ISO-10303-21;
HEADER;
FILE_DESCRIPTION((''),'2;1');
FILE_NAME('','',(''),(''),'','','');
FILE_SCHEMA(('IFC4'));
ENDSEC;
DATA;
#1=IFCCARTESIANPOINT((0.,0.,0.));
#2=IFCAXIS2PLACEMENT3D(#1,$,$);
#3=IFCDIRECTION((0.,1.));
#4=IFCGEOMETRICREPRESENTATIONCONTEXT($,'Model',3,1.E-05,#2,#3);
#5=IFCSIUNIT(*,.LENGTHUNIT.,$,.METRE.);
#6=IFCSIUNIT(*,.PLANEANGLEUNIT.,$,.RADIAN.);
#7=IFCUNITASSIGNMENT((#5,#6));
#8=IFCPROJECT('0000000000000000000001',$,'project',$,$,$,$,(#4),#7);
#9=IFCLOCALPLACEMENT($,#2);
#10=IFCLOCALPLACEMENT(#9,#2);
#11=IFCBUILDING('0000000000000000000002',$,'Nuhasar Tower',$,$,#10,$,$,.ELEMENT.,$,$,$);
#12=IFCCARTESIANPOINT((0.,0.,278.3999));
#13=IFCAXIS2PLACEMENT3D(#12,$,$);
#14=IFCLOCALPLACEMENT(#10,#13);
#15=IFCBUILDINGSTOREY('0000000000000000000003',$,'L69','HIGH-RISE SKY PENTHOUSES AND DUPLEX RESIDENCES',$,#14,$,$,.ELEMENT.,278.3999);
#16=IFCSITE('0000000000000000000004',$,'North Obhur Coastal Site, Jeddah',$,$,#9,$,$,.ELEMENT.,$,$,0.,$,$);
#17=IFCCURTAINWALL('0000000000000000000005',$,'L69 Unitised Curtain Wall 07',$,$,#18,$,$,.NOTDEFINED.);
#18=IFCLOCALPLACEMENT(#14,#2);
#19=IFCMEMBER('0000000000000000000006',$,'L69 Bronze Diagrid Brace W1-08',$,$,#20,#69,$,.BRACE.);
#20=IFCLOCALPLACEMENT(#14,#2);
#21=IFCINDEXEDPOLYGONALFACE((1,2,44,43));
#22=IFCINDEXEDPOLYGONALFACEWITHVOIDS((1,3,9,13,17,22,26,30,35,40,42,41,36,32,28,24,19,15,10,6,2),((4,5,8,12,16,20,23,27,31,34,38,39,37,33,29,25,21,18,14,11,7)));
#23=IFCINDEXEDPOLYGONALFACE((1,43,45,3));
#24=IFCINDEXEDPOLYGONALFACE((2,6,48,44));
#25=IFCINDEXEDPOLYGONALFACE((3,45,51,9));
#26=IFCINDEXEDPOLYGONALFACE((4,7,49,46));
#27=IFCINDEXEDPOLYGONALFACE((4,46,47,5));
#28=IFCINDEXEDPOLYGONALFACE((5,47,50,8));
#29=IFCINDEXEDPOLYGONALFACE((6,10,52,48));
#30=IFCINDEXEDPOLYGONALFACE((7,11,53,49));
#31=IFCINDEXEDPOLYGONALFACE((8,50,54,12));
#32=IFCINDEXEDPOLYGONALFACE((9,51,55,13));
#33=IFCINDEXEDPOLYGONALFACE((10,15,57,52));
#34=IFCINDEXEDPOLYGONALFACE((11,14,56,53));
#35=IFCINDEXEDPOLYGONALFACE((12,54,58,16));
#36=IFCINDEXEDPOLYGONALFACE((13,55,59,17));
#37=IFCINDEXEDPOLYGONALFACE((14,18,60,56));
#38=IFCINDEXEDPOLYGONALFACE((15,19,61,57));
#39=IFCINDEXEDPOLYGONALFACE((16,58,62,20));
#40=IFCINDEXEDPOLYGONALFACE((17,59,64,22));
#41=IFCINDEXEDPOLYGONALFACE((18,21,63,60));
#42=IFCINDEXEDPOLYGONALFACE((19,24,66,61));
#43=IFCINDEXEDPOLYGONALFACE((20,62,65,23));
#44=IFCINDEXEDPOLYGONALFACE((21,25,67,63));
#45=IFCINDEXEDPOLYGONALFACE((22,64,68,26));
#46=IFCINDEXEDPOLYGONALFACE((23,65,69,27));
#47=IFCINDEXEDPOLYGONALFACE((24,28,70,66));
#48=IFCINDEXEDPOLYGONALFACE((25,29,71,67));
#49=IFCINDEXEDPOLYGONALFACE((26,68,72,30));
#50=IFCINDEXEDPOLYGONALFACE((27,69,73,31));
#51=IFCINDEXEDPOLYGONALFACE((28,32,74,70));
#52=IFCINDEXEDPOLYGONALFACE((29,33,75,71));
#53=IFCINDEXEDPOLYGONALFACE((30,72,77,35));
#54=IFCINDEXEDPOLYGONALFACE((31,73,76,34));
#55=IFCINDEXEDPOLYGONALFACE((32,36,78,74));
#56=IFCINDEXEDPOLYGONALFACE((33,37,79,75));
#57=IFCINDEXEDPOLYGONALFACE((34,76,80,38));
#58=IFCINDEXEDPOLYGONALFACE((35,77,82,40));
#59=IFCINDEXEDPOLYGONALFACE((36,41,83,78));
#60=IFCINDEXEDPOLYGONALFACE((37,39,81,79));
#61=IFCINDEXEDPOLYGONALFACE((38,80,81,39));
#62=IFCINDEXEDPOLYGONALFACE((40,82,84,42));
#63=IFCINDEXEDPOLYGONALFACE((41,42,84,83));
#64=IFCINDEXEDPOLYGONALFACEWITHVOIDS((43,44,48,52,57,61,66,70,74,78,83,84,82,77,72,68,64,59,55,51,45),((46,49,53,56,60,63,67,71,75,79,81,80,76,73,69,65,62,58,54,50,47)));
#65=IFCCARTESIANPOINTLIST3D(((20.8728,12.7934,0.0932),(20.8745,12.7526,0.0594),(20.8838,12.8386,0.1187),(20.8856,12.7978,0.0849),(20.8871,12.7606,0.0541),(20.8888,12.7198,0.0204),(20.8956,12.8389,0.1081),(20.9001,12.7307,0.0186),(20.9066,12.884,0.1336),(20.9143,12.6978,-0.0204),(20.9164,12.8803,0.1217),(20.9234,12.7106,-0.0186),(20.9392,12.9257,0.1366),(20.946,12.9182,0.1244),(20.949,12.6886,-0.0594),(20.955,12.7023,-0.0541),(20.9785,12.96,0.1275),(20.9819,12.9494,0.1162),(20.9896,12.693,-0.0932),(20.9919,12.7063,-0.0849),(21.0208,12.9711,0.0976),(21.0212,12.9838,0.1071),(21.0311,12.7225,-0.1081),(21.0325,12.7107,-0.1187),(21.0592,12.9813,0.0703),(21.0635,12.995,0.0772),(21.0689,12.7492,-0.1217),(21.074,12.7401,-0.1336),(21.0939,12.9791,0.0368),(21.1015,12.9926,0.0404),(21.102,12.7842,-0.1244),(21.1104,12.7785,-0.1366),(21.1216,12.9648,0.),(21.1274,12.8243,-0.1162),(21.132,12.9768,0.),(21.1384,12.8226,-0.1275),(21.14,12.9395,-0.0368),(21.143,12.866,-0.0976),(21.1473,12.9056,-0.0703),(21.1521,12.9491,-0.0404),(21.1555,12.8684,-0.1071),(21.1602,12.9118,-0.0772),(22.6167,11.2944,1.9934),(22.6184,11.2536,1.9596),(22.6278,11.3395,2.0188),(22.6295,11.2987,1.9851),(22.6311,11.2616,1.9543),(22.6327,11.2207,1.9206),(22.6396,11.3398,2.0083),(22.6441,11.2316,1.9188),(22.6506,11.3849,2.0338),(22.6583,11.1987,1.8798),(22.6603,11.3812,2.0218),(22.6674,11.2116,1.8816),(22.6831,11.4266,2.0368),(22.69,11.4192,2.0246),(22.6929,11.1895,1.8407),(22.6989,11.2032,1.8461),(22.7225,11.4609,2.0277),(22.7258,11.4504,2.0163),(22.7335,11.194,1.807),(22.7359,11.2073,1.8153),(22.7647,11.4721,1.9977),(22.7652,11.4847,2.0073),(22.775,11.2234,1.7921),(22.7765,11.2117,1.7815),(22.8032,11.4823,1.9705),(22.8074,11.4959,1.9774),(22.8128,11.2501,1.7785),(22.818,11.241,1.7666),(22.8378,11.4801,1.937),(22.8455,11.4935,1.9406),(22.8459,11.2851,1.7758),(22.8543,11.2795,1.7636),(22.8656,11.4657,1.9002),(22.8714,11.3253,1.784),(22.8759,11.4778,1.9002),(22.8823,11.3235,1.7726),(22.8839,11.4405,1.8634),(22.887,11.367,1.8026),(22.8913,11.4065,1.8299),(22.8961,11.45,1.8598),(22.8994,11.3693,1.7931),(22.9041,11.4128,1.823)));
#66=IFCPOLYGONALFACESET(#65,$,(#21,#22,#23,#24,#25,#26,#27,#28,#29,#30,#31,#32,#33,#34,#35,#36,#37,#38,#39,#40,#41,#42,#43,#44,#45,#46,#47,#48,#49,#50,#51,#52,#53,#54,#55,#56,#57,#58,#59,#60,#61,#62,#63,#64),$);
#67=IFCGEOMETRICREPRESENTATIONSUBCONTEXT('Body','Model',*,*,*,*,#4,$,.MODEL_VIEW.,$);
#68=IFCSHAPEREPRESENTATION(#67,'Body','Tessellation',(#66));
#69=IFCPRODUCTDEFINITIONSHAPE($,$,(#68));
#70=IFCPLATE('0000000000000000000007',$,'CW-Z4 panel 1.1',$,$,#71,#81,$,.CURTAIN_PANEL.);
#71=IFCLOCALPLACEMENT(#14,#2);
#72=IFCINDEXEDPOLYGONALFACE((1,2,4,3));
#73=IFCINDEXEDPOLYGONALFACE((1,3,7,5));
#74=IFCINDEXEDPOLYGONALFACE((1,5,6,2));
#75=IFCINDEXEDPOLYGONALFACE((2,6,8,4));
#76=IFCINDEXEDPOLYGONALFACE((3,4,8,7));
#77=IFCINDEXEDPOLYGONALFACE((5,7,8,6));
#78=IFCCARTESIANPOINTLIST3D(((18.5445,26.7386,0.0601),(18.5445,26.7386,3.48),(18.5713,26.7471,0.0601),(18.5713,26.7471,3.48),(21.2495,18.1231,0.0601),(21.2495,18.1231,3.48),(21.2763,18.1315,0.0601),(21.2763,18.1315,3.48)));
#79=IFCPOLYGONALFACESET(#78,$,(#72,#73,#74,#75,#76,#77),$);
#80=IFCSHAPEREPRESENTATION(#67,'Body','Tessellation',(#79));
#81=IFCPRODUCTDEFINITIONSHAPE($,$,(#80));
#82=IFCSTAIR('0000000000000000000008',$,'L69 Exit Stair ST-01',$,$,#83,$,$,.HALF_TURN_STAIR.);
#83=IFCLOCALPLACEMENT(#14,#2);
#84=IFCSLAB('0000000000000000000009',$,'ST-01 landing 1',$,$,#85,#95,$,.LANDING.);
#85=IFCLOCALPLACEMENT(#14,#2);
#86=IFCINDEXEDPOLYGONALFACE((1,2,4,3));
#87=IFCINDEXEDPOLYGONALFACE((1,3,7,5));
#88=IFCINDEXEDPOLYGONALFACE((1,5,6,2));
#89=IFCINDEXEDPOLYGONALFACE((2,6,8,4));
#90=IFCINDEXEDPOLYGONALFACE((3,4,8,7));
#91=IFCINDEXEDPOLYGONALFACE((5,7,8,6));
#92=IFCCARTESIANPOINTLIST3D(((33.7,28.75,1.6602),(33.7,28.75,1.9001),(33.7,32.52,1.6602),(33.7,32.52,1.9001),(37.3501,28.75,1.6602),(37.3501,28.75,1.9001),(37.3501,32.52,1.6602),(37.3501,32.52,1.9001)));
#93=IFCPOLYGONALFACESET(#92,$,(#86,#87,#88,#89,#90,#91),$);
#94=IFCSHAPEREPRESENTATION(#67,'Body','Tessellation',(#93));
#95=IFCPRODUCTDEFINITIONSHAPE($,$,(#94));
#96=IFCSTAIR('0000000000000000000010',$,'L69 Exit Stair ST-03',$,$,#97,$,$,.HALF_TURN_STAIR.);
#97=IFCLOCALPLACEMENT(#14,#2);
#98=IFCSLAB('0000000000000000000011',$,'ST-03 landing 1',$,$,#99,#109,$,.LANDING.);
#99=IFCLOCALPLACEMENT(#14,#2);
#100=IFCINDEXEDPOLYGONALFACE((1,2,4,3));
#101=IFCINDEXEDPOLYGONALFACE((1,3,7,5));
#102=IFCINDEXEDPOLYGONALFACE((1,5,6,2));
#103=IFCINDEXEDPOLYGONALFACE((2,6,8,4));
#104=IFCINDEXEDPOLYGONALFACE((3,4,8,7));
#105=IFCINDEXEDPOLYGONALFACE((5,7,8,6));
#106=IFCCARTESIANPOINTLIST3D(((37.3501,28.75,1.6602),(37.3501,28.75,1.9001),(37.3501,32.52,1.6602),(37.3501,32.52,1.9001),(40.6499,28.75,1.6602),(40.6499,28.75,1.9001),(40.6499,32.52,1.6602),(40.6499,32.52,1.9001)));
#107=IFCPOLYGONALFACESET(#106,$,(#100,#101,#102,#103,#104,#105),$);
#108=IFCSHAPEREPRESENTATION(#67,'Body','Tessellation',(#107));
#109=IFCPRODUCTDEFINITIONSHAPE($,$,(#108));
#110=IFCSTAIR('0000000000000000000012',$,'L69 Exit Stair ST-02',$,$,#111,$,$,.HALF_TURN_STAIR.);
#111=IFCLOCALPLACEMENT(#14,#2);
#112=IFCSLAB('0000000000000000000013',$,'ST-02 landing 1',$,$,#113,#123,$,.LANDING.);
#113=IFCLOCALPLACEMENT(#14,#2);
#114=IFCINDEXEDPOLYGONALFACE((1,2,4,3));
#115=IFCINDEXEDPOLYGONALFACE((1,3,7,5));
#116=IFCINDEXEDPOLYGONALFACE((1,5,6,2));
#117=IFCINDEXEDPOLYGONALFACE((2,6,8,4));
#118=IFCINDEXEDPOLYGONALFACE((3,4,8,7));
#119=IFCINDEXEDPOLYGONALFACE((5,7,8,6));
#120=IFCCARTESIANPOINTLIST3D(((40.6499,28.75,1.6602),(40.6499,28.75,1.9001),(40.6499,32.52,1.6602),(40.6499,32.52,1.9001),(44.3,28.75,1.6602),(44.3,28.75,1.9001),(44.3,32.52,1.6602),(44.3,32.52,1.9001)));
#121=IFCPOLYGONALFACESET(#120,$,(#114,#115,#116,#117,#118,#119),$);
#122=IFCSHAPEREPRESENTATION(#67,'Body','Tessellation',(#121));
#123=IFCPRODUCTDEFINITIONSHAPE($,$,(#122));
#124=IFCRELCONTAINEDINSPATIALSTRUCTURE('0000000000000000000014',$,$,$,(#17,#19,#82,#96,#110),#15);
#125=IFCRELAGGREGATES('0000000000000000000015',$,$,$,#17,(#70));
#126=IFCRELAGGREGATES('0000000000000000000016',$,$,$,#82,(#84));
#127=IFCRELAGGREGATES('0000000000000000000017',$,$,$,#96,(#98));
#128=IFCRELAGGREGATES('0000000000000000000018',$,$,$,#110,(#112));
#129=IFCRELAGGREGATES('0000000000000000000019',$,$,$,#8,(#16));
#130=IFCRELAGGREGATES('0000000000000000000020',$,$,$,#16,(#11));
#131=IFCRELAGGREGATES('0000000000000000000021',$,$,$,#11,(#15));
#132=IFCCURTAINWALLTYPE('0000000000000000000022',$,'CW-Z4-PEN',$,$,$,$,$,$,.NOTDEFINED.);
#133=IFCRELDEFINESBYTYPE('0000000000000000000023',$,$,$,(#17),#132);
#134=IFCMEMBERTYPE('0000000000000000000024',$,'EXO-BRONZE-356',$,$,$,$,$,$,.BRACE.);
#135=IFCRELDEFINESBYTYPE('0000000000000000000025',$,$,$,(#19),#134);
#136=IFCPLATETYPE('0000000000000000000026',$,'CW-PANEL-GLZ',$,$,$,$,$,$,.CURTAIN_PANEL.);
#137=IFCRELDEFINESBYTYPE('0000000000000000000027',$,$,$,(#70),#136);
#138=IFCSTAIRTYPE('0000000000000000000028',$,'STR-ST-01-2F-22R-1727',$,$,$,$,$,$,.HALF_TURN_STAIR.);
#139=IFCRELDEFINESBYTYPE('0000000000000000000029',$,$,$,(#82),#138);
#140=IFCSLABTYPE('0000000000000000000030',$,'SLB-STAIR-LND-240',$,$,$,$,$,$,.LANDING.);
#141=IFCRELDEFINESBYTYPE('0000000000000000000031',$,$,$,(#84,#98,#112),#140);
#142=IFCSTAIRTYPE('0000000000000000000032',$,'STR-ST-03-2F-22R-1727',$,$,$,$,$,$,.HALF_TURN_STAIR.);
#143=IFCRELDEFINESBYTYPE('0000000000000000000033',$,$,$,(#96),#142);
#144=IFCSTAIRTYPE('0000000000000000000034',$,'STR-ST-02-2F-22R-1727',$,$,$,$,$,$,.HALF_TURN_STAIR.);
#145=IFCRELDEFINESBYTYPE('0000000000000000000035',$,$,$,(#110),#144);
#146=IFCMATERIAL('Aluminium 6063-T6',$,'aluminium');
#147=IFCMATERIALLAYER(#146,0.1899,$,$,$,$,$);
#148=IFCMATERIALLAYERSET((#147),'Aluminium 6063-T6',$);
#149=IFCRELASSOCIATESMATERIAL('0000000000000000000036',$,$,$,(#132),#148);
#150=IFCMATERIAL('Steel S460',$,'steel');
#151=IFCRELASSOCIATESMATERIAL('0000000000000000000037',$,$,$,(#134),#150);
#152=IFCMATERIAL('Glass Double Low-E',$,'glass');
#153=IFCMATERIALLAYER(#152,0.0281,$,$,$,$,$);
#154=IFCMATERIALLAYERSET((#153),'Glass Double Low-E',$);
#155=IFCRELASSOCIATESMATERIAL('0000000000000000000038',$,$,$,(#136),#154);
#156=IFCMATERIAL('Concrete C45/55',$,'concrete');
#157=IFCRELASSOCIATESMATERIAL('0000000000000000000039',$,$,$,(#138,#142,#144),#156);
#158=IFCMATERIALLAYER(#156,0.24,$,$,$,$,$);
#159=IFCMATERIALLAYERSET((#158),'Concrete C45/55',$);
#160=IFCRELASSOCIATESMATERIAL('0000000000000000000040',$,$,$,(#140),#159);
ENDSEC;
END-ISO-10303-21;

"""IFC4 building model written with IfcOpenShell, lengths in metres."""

from ifc_helpers import new_model, si_unit, direction, frame, origin, origin_2d, place, context, subcontext, project, spatial, polyline, rectangle, hollow_circle, outline, extrude, material, layer, layer_set, material_profile, profile_set, type_object, element, aggregate, save


model = new_model("IFC4")

# Units and contexts
model_context = context("Model", 3, precision=1e-05, world=origin(), true_north=direction((0.0, 1.0)))
body_context = subcontext(model_context, "Body", "Model", "MODEL_VIEW")
ifc_project = project(units=[si_unit("LENGTHUNIT", "METRE"), si_unit("PLANEANGLEUNIT", "RADIAN")], contexts=[model_context])

# Site, building, storey
site_placement = place(None, origin())
site = spatial("IfcSite", under=ifc_project, at=site_placement, Name="North Obhur Coastal Site, Jeddah", CompositionType="ELEMENT", RefElevation=0.0)
building_placement = place(site_placement, origin())
building = spatial("IfcBuilding", under=site, at=building_placement, Name="Nuhasar Tower", CompositionType="ELEMENT")
storey_placement = place(building_placement, frame((0.0, 0.0, 278.3999)))
storey = spatial("IfcBuildingStorey", under=building, at=storey_placement, Name="L69", Description="HIGH-RISE SKY PENTHOUSES AND DUPLEX RESIDENCES", CompositionType="ELEMENT", Elevation=278.3999)

# Curtain wall
ifc_material_1 = material(Name="Aluminium 6063-T6", Category="aluminium")
ifc_layer_1 = layer(ifc_material_1, 0.1899)
ifc_layer_set_1 = layer_set([ifc_layer_1], Name="Aluminium 6063-T6")
curtain_wall_type = type_object("IfcCurtainWallType", Name="CW-Z4-PEN", PredefinedType="NOTDEFINED", material=ifc_layer_set_1)
curtain_wall_1_placement = place(storey_placement, origin())
curtain_wall_1 = element("IfcCurtainWall", 1, at=curtain_wall_1_placement, inside=storey, type_object=curtain_wall_type, Name="L69 Unitised Curtain Wall 07", PredefinedType="NOTDEFINED")

# Member
ifc_material_2 = material(Name="Steel S460", Category="steel")
ifc_material_profile_1 = material_profile(ifc_material_2, hollow_circle(Radius=0.1777, WallThickness=0.0159, at=origin_2d()), Name="HSS355.6X15.9")
ifc_profile_set_1 = profile_set([ifc_material_profile_1], Name="Steel S460")
member_type_1 = type_object("IfcMemberType", Name="EXO-BRONZE-356", PredefinedType="BRACE", material=ifc_profile_set_1)
member_1_placement = place(storey_placement, frame((21.0161, 12.842, 0.0), z_axis=(0.584595, -0.502508, 0.636973), x_axis=(0.651857, 0.758342, 0.0)))
element("IfcMember", 2, at=member_1_placement, inside=storey, type_object=member_type_1, Name="L69 Bronze Diagrid Brace W1-08", PredefinedType="BRACE", context=body_context, shape_type="SweptSolid", body=[
    extrude(hollow_circle(Radius=0.1777, WallThickness=0.0159, at=origin_2d()), origin(), (0.0, 0.0, 1.0), 2.9832),
])

# Plate
ifc_material_3 = material(Name="Glass Double Low-E", Category="glass")
ifc_layer_2 = layer(ifc_material_3, 0.0281)
ifc_layer_set_2 = layer_set([ifc_layer_2], Name="Glass Double Low-E")
plate_type = type_object("IfcPlateType", Name="CW-PANEL-GLZ", PredefinedType="CURTAIN_PANEL", material=ifc_layer_set_2)
plate_placement = place(storey_placement, frame((19.9104, 22.4351, 0.0601), z_axis=(0.0, 0.0, 1.0), x_axis=(0.299557, -0.954079, 0.0)))
plate = element("IfcPlate", 3, at=plate_placement, type_object=plate_type, Name="CW-Z4 panel 1.1", PredefinedType="CURTAIN_PANEL", context=body_context, shape_type="SweptSolid", body=[
    extrude(rectangle(XDim=9.0303, YDim=0.0281, at=origin_2d()), origin(), (0.0, 0.0, 1.0), 3.4199),
])
aggregate(curtain_wall_1, [plate])

# Stairs, slabs
ifc_material_4 = material(Name="Concrete C45/55", Category="concrete")
stair_type_1 = type_object("IfcStairType", Name="STR-ST-01-2F-22R-1727", PredefinedType="HALF_TURN_STAIR", material=ifc_material_4)
stair_1_placement = place(storey_placement, origin())
stair_1 = element("IfcStair", 4, at=stair_1_placement, inside=storey, type_object=stair_type_1, Name="L69 Exit Stair ST-01", PredefinedType="HALF_TURN_STAIR")
ifc_layer_3 = layer(ifc_material_4, 0.24)
ifc_layer_set_3 = layer_set([ifc_layer_3], Name="Concrete C45/55")
slab_type_1 = type_object("IfcSlabType", Name="SLB-STAIR-LND-240", PredefinedType="LANDING", material=ifc_layer_set_3)
slab_1_placement = place(storey_placement, frame((0.0, 0.0, 1.6602)))
slab_1 = element("IfcSlab", 5, at=slab_1_placement, type_object=slab_type_1, Name="ST-01 landing 1", PredefinedType="LANDING", context=body_context, shape_type="SweptSolid", body=[
    extrude(outline(polyline([(33.7, 28.75), (37.3501, 28.75), (37.3501, 32.52), (33.7, 32.52), (33.7, 28.75)])), origin(), (0.0, 0.0, 1.0), 0.24),
])
aggregate(stair_1, [slab_1])
stair_type_2 = type_object("IfcStairType", Name="STR-ST-03-2F-22R-1727", PredefinedType="HALF_TURN_STAIR", material=ifc_material_4)
stair_2_placement = place(storey_placement, origin())
stair_2 = element("IfcStair", 6, at=stair_2_placement, inside=storey, type_object=stair_type_2, Name="L69 Exit Stair ST-03", PredefinedType="HALF_TURN_STAIR")
slab_2_placement = place(storey_placement, frame((0.0, 0.0, 1.6602)))
slab_2 = element("IfcSlab", 7, at=slab_2_placement, type_object=slab_type_1, Name="ST-03 landing 1", PredefinedType="LANDING", context=body_context, shape_type="SweptSolid", body=[
    extrude(outline(polyline([(37.3501, 28.75), (40.6499, 28.75), (40.6499, 32.52), (37.3501, 32.52), (37.3501, 28.75)])), origin(), (0.0, 0.0, 1.0), 0.24),
])
aggregate(stair_2, [slab_2])
stair_type_3 = type_object("IfcStairType", Name="STR-ST-02-2F-22R-1727", PredefinedType="HALF_TURN_STAIR", material=ifc_material_4)
stair_3_placement = place(storey_placement, origin())
stair_3 = element("IfcStair", 8, at=stair_3_placement, inside=storey, type_object=stair_type_3, Name="L69 Exit Stair ST-02", PredefinedType="HALF_TURN_STAIR")
slab_3_placement = place(storey_placement, frame((0.0, 0.0, 1.6602)))
slab_3 = element("IfcSlab", 9, at=slab_3_placement, type_object=slab_type_1, Name="ST-02 landing 1", PredefinedType="LANDING", context=body_context, shape_type="SweptSolid", body=[
    extrude(outline(polyline([(40.6499, 28.75), (44.3, 28.75), (44.3, 32.52), (40.6499, 32.52), (40.6499, 28.75)])), origin(), (0.0, 0.0, 1.0), 0.24),
])
aggregate(stair_3, [slab_3])

save(model, "model.ifc")
